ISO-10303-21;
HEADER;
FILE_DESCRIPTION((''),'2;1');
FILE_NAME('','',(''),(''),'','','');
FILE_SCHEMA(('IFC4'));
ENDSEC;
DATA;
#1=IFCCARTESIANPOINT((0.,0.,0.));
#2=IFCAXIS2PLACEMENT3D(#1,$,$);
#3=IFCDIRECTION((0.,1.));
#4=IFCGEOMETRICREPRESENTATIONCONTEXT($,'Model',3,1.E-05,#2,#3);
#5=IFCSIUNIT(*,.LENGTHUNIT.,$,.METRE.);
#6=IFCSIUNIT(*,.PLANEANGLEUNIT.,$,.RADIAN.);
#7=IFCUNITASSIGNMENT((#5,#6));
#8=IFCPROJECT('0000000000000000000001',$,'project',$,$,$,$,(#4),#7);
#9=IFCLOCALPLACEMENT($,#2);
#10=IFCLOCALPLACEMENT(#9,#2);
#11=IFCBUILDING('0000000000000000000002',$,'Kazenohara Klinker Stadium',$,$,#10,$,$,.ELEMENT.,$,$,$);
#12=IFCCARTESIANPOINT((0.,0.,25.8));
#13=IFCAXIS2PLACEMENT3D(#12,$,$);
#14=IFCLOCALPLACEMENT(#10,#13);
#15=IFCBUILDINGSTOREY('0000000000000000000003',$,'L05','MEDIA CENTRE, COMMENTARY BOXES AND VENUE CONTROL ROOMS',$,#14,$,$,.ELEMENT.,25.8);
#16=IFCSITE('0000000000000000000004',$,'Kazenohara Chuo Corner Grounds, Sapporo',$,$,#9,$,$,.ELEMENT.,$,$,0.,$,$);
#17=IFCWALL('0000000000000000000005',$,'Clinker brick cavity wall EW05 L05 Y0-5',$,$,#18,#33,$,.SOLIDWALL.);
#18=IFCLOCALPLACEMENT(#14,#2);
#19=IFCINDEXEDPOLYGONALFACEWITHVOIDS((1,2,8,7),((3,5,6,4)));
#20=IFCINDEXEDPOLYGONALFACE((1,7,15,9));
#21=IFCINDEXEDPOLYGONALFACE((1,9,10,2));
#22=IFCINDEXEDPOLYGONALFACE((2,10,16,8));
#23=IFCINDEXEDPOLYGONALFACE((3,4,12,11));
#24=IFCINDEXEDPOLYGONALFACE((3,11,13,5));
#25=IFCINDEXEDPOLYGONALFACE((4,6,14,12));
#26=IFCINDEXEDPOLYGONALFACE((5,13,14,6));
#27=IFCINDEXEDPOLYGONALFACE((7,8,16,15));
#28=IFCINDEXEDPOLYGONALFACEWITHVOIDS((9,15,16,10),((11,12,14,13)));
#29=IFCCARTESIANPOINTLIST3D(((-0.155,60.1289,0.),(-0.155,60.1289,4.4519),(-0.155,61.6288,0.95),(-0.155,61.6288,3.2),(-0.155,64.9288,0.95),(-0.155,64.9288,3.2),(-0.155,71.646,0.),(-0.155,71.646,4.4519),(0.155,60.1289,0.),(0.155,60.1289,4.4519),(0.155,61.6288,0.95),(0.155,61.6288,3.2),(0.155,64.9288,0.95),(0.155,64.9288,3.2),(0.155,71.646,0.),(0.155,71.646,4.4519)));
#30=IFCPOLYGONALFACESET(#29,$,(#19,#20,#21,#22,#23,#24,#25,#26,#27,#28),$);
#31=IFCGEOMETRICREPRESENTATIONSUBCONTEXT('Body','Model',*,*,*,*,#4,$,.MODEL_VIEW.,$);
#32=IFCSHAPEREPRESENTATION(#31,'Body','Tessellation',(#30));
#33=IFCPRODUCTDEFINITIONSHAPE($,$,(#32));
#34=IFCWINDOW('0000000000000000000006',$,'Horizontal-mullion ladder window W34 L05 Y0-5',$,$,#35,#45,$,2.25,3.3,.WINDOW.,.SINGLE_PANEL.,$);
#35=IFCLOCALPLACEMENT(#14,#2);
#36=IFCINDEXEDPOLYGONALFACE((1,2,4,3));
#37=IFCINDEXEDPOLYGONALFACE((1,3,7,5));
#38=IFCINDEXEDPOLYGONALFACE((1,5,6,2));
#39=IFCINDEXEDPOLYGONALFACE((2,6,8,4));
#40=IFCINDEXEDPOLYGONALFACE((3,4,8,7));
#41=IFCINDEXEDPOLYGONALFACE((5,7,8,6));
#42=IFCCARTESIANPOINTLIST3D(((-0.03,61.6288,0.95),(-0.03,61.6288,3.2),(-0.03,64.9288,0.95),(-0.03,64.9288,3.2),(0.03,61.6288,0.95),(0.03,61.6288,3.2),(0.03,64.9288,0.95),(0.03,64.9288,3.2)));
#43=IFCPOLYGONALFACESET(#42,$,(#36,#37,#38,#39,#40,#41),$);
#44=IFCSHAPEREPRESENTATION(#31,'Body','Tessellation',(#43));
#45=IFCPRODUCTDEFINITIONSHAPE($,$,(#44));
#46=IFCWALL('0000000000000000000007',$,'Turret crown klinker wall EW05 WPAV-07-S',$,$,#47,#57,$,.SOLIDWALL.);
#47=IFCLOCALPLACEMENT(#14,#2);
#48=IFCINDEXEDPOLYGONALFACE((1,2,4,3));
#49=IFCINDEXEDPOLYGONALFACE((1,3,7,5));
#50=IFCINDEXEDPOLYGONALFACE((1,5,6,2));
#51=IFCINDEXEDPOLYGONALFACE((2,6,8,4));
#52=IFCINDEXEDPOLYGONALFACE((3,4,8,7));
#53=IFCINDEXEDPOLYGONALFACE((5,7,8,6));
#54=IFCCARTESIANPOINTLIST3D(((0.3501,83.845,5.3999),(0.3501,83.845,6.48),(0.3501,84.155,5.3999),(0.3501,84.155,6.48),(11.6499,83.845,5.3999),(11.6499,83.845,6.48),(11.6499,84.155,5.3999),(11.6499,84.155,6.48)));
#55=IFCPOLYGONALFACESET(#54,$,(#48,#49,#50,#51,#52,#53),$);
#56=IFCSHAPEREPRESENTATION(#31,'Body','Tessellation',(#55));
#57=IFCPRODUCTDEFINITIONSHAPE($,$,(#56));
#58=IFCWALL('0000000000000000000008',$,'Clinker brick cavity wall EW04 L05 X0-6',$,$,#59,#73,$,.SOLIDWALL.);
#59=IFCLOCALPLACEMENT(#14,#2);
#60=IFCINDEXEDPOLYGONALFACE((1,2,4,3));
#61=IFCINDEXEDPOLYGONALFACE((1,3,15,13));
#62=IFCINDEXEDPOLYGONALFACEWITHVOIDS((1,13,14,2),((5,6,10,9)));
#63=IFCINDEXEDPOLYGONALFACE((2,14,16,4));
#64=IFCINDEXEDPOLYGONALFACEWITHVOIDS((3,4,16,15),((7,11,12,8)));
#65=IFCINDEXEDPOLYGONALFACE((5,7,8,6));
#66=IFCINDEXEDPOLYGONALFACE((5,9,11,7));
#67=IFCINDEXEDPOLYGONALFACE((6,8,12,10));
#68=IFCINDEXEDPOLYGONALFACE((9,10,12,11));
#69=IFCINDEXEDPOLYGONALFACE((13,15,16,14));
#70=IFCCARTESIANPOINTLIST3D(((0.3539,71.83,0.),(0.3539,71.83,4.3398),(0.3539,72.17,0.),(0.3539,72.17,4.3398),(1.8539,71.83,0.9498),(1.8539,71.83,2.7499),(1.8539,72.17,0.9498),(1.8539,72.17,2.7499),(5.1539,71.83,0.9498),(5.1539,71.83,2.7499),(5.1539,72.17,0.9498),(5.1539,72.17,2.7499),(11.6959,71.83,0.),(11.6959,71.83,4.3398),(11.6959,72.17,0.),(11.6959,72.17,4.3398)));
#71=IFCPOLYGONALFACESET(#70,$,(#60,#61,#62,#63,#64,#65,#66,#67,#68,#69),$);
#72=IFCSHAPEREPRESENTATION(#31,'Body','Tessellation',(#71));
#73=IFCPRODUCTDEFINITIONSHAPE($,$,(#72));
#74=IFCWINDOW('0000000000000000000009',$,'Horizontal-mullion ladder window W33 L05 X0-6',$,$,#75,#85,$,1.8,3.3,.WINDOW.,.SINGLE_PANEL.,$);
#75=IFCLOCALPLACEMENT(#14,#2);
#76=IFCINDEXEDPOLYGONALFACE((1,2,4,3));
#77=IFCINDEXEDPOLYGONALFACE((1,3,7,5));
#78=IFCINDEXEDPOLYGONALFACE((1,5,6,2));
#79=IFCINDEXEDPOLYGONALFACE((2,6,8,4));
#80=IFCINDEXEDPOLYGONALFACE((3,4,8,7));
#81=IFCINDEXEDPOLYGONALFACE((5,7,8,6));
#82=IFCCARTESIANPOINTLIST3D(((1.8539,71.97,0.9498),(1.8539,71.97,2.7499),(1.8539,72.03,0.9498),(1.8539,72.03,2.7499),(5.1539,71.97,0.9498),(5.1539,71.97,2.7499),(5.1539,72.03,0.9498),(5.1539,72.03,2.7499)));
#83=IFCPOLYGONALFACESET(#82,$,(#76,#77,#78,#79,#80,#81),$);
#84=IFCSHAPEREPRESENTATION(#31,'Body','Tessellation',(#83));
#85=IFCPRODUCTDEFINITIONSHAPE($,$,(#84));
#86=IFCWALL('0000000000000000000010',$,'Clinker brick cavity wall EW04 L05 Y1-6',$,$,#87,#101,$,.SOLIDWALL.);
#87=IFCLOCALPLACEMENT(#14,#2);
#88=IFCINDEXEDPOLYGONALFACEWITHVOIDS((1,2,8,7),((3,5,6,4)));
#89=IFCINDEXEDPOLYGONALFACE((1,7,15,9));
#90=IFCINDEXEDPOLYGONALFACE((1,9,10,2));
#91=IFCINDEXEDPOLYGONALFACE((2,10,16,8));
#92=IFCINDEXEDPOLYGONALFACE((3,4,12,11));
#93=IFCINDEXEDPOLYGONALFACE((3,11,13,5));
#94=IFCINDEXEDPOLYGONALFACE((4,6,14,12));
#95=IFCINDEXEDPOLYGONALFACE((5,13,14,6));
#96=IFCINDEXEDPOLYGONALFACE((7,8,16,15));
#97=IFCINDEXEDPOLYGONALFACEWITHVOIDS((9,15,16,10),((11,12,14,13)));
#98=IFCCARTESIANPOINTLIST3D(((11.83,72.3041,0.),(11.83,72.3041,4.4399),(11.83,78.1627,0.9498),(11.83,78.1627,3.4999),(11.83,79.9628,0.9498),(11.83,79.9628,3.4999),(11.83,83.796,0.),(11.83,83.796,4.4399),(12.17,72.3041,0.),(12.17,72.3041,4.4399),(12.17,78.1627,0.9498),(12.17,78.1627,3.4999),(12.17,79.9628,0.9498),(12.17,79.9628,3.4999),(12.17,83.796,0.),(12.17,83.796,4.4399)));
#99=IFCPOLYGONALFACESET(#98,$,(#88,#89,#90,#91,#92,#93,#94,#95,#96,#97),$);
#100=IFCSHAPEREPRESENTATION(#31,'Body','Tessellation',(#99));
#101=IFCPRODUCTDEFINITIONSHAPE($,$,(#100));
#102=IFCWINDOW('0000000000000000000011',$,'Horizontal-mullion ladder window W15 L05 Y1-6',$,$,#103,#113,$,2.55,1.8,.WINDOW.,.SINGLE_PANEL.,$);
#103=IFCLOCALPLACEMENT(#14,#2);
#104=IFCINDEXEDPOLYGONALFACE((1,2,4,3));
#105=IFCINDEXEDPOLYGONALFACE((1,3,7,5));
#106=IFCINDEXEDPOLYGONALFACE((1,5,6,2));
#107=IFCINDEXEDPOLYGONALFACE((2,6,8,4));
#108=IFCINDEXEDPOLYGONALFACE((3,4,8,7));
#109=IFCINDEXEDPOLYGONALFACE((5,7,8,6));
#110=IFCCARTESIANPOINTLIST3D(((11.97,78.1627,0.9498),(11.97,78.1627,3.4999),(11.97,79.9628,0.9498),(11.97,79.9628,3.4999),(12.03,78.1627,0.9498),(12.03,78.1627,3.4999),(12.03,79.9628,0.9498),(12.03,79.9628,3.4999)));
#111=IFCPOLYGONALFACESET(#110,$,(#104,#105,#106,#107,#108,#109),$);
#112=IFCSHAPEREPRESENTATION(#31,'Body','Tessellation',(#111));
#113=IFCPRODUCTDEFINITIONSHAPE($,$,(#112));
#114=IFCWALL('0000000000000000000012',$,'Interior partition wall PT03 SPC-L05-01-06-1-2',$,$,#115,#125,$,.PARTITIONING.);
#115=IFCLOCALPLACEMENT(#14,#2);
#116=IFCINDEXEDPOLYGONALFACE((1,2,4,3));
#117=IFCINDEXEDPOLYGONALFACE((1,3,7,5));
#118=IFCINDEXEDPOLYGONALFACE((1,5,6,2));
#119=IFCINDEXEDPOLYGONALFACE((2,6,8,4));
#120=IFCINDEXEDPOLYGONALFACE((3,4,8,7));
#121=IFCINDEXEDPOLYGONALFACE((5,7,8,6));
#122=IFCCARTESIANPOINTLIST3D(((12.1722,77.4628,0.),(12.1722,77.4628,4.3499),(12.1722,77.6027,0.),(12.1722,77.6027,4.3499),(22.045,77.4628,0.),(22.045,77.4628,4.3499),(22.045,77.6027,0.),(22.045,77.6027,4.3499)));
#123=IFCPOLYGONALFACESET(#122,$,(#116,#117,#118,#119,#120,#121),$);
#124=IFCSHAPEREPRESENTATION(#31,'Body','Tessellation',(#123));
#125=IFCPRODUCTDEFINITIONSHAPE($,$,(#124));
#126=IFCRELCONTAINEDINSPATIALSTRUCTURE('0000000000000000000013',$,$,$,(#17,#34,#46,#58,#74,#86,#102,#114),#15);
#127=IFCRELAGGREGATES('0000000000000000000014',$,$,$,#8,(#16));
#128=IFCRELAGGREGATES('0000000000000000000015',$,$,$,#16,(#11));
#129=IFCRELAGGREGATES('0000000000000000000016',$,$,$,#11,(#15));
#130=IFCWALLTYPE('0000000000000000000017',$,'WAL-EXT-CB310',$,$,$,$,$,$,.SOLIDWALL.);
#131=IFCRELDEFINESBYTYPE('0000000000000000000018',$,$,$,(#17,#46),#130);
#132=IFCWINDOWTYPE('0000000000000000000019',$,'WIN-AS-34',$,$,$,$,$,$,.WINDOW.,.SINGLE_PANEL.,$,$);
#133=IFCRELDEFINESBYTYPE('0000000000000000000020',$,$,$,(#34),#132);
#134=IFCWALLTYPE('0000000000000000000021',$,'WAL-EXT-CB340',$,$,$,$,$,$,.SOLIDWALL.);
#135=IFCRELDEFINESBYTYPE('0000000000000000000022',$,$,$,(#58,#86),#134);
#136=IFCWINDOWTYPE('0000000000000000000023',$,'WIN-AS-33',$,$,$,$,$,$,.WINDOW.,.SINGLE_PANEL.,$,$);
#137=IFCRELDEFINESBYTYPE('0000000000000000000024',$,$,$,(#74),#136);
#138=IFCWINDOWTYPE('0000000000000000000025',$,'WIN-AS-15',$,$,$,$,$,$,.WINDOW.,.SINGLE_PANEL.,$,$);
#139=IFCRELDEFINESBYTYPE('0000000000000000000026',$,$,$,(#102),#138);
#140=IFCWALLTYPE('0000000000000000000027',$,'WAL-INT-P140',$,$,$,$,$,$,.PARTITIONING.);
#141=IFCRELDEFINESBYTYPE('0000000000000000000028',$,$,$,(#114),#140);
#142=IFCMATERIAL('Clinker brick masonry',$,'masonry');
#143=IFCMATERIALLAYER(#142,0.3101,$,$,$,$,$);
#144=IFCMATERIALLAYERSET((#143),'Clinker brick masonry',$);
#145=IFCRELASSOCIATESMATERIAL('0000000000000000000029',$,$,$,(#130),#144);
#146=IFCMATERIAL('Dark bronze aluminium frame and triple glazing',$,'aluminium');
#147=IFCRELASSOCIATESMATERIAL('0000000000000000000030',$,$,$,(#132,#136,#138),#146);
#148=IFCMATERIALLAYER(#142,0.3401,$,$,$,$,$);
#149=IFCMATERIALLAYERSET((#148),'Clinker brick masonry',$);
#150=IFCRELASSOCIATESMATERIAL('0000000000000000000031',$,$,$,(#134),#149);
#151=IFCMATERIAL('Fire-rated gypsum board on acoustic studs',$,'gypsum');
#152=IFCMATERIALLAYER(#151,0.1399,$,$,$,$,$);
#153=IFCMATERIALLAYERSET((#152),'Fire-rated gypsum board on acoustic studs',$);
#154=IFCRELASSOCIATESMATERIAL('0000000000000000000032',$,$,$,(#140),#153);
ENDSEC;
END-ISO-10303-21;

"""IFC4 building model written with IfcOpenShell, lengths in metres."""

from ifc_helpers import new_model, si_unit, direction, frame, frame_2d, origin, place, context, subcontext, project, spatial, rectangle, extrude, material, layer, layer_set, type_object, element, fill, save


model = new_model("IFC4")

# Units and contexts
model_context = context("Model", 3, precision=1e-05, world=origin(), true_north=direction((0.0, 1.0)))
body_context = subcontext(model_context, "Body", "Model", "MODEL_VIEW")
ifc_project = project(units=[si_unit("LENGTHUNIT", "METRE"), si_unit("PLANEANGLEUNIT", "RADIAN")], contexts=[model_context])

# Site, building, storey
site_placement = place(None, origin())
site = spatial("IfcSite", under=ifc_project, at=site_placement, Name="Kazenohara Chuo Corner Grounds, Sapporo", CompositionType="ELEMENT", RefElevation=0.0)
building_placement = place(site_placement, origin())
building = spatial("IfcBuilding", under=site, at=building_placement, Name="Kazenohara Klinker Stadium", CompositionType="ELEMENT")
storey_placement = place(building_placement, frame((0.0, 0.0, 25.8)))
storey = spatial("IfcBuildingStorey", under=building, at=storey_placement, Name="L05", Description="MEDIA CENTRE, COMMENTARY BOXES AND VENUE CONTROL ROOMS", CompositionType="ELEMENT", Elevation=25.8)

# Wall, opening, window
ifc_material_1 = material(Name="Clinker brick masonry", Category="masonry")
ifc_material_2 = material(Name="Dark bronze aluminium frame and triple glazing", Category="aluminium")
ifc_layer_1 = layer(ifc_material_1, 0.3101)
ifc_layer_set_1 = layer_set([ifc_layer_1], Name="Clinker brick masonry")
wall_type_1 = type_object("IfcWallType", Name="WAL-EXT-CB310", PredefinedType="SOLIDWALL", material=ifc_layer_set_1)
wall_1_placement = place(storey_placement, frame((0.0, 60.1289, 0.0), z_axis=(0.0, 0.0, 1.0), x_axis=(0.0, 1.0, 0.0)))
wall_1 = element("IfcWall", 1, at=wall_1_placement, inside=storey, type_object=wall_type_1, Name="Clinker brick cavity wall EW05 L05 Y0-5", PredefinedType="SOLIDWALL", context=body_context, shape_type="SweptSolid", body=[
    extrude(rectangle(XDim=11.5171, YDim=0.3101, at=frame_2d((5.7585, 0.0))), origin(), (0.0, 0.0, 1.0), 4.4519),
])
opening_1_placement = place(wall_1_placement, frame((1.5, 0.0, 0.95)))
opening_1 = element("IfcOpeningElement", 2, at=opening_1_placement, cuts=wall_1, PredefinedType="OPENING", context=body_context, shape_type="SweptSolid", body=[
    extrude(rectangle(XDim=3.3, YDim=2.25, at=frame_2d((1.6499, 1.125))), frame((0.0, 0.165, 0.0), z_axis=(0.0, -1.0, 0.0), x_axis=(1.0, 0.0, 0.0)), (0.0, 0.0, 1.0), 0.3301),
])
window_type_1 = type_object("IfcWindowType", Name="WIN-AS-34", PartitioningType="SINGLE_PANEL", PredefinedType="WINDOW", material=ifc_material_2)
window_1_placement = place(opening_1_placement, origin())
window_1 = element("IfcWindow", 3, at=window_1_placement, inside=storey, type_object=window_type_1, Name="Horizontal-mullion ladder window W34 L05 Y0-5", OverallHeight=2.25, OverallWidth=3.3, PartitioningType="SINGLE_PANEL", PredefinedType="WINDOW", context=body_context, shape_type="SweptSolid", body=[
    extrude(rectangle(XDim=3.3, YDim=2.25, at=frame_2d((1.6499, 1.125))), frame((0.0, 0.03, 0.0), z_axis=(0.0, -1.0, 0.0), x_axis=(1.0, 0.0, 0.0)), (0.0, 0.0, 1.0), 0.0601),
])
fill(opening_1, window_1)

# Wall
wall_2_placement = place(storey_placement, frame((0.3501, 84.0, 5.3999), z_axis=(0.0, 0.0, 1.0), x_axis=(1.0, 0.0, 0.0)))
element("IfcWall", 4, at=wall_2_placement, inside=storey, type_object=wall_type_1, Name="Turret crown klinker wall EW05 WPAV-07-S", PredefinedType="SOLIDWALL", context=body_context, shape_type="SweptSolid", body=[
    extrude(rectangle(XDim=11.2998, YDim=0.3101, at=frame_2d((5.6499, 0.0))), origin(), (0.0, 0.0, 1.0), 1.0801),
])

# Walls, openings, windows
ifc_layer_2 = layer(ifc_material_1, 0.3401)
ifc_layer_set_2 = layer_set([ifc_layer_2], Name="Clinker brick masonry")
wall_type_2 = type_object("IfcWallType", Name="WAL-EXT-CB340", PredefinedType="SOLIDWALL", material=ifc_layer_set_2)
wall_3_placement = place(storey_placement, frame((0.354, 72.0, 0.0), z_axis=(0.0, 0.0, 1.0), x_axis=(1.0, 0.0, 0.0)))
wall_3 = element("IfcWall", 5, at=wall_3_placement, inside=storey, type_object=wall_type_2, Name="Clinker brick cavity wall EW04 L05 X0-6", PredefinedType="SOLIDWALL", context=body_context, shape_type="SweptSolid", body=[
    extrude(rectangle(XDim=11.342, YDim=0.3401, at=frame_2d((5.6709, 0.0))), origin(), (0.0, 0.0, 1.0), 4.3398),
])
opening_2_placement = place(wall_3_placement, frame((1.5, 0.0, 0.95)))
opening_2 = element("IfcOpeningElement", 6, at=opening_2_placement, cuts=wall_3, PredefinedType="OPENING", context=body_context, shape_type="SweptSolid", body=[
    extrude(rectangle(XDim=3.3, YDim=1.8, at=frame_2d((1.6499, 0.8999))), frame((0.0, 0.1802, 0.0), z_axis=(0.0, -1.0, 0.0), x_axis=(1.0, 0.0, 0.0)), (0.0, 0.0, 1.0), 0.3601),
])
window_type_2 = type_object("IfcWindowType", Name="WIN-AS-33", PartitioningType="SINGLE_PANEL", PredefinedType="WINDOW", material=ifc_material_2)
window_2_placement = place(opening_2_placement, origin())
window_2 = element("IfcWindow", 7, at=window_2_placement, inside=storey, type_object=window_type_2, Name="Horizontal-mullion ladder window W33 L05 X0-6", OverallHeight=1.8, OverallWidth=3.3, PartitioningType="SINGLE_PANEL", PredefinedType="WINDOW", context=body_context, shape_type="SweptSolid", body=[
    extrude(rectangle(XDim=3.3, YDim=1.8, at=frame_2d((1.6499, 0.8999))), frame((0.0, 0.03, 0.0), z_axis=(0.0, -1.0, 0.0), x_axis=(1.0, 0.0, 0.0)), (0.0, 0.0, 1.0), 0.0601),
])
fill(opening_2, window_2)
wall_4_placement = place(storey_placement, frame((12.0, 72.304, 0.0), z_axis=(0.0, 0.0, 1.0), x_axis=(0.0, 1.0, 0.0)))
wall_4 = element("IfcWall", 8, at=wall_4_placement, inside=storey, type_object=wall_type_2, Name="Clinker brick cavity wall EW04 L05 Y1-6", PredefinedType="SOLIDWALL", context=body_context, shape_type="SweptSolid", body=[
    extrude(rectangle(XDim=11.4919, YDim=0.3401, at=frame_2d((5.7461, 0.0))), origin(), (0.0, 0.0, 1.0), 4.4399),
])
opening_3_placement = place(wall_4_placement, frame((5.8589, 0.0, 0.95)))
opening_3 = element("IfcOpeningElement", 9, at=opening_3_placement, cuts=wall_4, PredefinedType="OPENING", context=body_context, shape_type="SweptSolid", body=[
    extrude(rectangle(XDim=1.8, YDim=2.55, at=frame_2d((0.8999, 1.2749))), frame((0.0, 0.1802, 0.0), z_axis=(0.0, -1.0, 0.0), x_axis=(1.0, 0.0, 0.0)), (0.0, 0.0, 1.0), 0.3601),
])
window_type_3 = type_object("IfcWindowType", Name="WIN-AS-15", PartitioningType="SINGLE_PANEL", PredefinedType="WINDOW", material=ifc_material_2)
window_3_placement = place(opening_3_placement, origin())
window_3 = element("IfcWindow", 10, at=window_3_placement, inside=storey, type_object=window_type_3, Name="Horizontal-mullion ladder window W15 L05 Y1-6", OverallHeight=2.55, OverallWidth=1.8, PartitioningType="SINGLE_PANEL", PredefinedType="WINDOW", context=body_context, shape_type="SweptSolid", body=[
    extrude(rectangle(XDim=1.8, YDim=2.55, at=frame_2d((0.8999, 1.2749))), frame((0.0, 0.03, 0.0), z_axis=(0.0, -1.0, 0.0), x_axis=(1.0, 0.0, 0.0)), (0.0, 0.0, 1.0), 0.0601),
])
fill(opening_3, window_3)

# Wall
ifc_material_3 = material(Name="Fire-rated gypsum board on acoustic studs", Category="gypsum")
ifc_layer_3 = layer(ifc_material_3, 0.1399)
ifc_layer_set_3 = layer_set([ifc_layer_3], Name="Fire-rated gypsum board on acoustic studs")
wall_type_3 = type_object("IfcWallType", Name="WAL-INT-P140", PredefinedType="PARTITIONING", material=ifc_layer_set_3)
wall_5_placement = place(storey_placement, frame((12.1721, 77.5327, 0.0), z_axis=(0.0, 0.0, 1.0), x_axis=(1.0, 0.0, 0.0)))
element("IfcWall", 11, at=wall_5_placement, inside=storey, type_object=wall_type_3, Name="Interior partition wall PT03 SPC-L05-01-06-1-2", PredefinedType="PARTITIONING", context=body_context, shape_type="SweptSolid", body=[
    extrude(rectangle(XDim=9.8728, YDim=0.1399, at=frame_2d((4.9365, 0.0))), origin(), (0.0, 0.0, 1.0), 4.3499),
])

save(model, "model.ifc")
